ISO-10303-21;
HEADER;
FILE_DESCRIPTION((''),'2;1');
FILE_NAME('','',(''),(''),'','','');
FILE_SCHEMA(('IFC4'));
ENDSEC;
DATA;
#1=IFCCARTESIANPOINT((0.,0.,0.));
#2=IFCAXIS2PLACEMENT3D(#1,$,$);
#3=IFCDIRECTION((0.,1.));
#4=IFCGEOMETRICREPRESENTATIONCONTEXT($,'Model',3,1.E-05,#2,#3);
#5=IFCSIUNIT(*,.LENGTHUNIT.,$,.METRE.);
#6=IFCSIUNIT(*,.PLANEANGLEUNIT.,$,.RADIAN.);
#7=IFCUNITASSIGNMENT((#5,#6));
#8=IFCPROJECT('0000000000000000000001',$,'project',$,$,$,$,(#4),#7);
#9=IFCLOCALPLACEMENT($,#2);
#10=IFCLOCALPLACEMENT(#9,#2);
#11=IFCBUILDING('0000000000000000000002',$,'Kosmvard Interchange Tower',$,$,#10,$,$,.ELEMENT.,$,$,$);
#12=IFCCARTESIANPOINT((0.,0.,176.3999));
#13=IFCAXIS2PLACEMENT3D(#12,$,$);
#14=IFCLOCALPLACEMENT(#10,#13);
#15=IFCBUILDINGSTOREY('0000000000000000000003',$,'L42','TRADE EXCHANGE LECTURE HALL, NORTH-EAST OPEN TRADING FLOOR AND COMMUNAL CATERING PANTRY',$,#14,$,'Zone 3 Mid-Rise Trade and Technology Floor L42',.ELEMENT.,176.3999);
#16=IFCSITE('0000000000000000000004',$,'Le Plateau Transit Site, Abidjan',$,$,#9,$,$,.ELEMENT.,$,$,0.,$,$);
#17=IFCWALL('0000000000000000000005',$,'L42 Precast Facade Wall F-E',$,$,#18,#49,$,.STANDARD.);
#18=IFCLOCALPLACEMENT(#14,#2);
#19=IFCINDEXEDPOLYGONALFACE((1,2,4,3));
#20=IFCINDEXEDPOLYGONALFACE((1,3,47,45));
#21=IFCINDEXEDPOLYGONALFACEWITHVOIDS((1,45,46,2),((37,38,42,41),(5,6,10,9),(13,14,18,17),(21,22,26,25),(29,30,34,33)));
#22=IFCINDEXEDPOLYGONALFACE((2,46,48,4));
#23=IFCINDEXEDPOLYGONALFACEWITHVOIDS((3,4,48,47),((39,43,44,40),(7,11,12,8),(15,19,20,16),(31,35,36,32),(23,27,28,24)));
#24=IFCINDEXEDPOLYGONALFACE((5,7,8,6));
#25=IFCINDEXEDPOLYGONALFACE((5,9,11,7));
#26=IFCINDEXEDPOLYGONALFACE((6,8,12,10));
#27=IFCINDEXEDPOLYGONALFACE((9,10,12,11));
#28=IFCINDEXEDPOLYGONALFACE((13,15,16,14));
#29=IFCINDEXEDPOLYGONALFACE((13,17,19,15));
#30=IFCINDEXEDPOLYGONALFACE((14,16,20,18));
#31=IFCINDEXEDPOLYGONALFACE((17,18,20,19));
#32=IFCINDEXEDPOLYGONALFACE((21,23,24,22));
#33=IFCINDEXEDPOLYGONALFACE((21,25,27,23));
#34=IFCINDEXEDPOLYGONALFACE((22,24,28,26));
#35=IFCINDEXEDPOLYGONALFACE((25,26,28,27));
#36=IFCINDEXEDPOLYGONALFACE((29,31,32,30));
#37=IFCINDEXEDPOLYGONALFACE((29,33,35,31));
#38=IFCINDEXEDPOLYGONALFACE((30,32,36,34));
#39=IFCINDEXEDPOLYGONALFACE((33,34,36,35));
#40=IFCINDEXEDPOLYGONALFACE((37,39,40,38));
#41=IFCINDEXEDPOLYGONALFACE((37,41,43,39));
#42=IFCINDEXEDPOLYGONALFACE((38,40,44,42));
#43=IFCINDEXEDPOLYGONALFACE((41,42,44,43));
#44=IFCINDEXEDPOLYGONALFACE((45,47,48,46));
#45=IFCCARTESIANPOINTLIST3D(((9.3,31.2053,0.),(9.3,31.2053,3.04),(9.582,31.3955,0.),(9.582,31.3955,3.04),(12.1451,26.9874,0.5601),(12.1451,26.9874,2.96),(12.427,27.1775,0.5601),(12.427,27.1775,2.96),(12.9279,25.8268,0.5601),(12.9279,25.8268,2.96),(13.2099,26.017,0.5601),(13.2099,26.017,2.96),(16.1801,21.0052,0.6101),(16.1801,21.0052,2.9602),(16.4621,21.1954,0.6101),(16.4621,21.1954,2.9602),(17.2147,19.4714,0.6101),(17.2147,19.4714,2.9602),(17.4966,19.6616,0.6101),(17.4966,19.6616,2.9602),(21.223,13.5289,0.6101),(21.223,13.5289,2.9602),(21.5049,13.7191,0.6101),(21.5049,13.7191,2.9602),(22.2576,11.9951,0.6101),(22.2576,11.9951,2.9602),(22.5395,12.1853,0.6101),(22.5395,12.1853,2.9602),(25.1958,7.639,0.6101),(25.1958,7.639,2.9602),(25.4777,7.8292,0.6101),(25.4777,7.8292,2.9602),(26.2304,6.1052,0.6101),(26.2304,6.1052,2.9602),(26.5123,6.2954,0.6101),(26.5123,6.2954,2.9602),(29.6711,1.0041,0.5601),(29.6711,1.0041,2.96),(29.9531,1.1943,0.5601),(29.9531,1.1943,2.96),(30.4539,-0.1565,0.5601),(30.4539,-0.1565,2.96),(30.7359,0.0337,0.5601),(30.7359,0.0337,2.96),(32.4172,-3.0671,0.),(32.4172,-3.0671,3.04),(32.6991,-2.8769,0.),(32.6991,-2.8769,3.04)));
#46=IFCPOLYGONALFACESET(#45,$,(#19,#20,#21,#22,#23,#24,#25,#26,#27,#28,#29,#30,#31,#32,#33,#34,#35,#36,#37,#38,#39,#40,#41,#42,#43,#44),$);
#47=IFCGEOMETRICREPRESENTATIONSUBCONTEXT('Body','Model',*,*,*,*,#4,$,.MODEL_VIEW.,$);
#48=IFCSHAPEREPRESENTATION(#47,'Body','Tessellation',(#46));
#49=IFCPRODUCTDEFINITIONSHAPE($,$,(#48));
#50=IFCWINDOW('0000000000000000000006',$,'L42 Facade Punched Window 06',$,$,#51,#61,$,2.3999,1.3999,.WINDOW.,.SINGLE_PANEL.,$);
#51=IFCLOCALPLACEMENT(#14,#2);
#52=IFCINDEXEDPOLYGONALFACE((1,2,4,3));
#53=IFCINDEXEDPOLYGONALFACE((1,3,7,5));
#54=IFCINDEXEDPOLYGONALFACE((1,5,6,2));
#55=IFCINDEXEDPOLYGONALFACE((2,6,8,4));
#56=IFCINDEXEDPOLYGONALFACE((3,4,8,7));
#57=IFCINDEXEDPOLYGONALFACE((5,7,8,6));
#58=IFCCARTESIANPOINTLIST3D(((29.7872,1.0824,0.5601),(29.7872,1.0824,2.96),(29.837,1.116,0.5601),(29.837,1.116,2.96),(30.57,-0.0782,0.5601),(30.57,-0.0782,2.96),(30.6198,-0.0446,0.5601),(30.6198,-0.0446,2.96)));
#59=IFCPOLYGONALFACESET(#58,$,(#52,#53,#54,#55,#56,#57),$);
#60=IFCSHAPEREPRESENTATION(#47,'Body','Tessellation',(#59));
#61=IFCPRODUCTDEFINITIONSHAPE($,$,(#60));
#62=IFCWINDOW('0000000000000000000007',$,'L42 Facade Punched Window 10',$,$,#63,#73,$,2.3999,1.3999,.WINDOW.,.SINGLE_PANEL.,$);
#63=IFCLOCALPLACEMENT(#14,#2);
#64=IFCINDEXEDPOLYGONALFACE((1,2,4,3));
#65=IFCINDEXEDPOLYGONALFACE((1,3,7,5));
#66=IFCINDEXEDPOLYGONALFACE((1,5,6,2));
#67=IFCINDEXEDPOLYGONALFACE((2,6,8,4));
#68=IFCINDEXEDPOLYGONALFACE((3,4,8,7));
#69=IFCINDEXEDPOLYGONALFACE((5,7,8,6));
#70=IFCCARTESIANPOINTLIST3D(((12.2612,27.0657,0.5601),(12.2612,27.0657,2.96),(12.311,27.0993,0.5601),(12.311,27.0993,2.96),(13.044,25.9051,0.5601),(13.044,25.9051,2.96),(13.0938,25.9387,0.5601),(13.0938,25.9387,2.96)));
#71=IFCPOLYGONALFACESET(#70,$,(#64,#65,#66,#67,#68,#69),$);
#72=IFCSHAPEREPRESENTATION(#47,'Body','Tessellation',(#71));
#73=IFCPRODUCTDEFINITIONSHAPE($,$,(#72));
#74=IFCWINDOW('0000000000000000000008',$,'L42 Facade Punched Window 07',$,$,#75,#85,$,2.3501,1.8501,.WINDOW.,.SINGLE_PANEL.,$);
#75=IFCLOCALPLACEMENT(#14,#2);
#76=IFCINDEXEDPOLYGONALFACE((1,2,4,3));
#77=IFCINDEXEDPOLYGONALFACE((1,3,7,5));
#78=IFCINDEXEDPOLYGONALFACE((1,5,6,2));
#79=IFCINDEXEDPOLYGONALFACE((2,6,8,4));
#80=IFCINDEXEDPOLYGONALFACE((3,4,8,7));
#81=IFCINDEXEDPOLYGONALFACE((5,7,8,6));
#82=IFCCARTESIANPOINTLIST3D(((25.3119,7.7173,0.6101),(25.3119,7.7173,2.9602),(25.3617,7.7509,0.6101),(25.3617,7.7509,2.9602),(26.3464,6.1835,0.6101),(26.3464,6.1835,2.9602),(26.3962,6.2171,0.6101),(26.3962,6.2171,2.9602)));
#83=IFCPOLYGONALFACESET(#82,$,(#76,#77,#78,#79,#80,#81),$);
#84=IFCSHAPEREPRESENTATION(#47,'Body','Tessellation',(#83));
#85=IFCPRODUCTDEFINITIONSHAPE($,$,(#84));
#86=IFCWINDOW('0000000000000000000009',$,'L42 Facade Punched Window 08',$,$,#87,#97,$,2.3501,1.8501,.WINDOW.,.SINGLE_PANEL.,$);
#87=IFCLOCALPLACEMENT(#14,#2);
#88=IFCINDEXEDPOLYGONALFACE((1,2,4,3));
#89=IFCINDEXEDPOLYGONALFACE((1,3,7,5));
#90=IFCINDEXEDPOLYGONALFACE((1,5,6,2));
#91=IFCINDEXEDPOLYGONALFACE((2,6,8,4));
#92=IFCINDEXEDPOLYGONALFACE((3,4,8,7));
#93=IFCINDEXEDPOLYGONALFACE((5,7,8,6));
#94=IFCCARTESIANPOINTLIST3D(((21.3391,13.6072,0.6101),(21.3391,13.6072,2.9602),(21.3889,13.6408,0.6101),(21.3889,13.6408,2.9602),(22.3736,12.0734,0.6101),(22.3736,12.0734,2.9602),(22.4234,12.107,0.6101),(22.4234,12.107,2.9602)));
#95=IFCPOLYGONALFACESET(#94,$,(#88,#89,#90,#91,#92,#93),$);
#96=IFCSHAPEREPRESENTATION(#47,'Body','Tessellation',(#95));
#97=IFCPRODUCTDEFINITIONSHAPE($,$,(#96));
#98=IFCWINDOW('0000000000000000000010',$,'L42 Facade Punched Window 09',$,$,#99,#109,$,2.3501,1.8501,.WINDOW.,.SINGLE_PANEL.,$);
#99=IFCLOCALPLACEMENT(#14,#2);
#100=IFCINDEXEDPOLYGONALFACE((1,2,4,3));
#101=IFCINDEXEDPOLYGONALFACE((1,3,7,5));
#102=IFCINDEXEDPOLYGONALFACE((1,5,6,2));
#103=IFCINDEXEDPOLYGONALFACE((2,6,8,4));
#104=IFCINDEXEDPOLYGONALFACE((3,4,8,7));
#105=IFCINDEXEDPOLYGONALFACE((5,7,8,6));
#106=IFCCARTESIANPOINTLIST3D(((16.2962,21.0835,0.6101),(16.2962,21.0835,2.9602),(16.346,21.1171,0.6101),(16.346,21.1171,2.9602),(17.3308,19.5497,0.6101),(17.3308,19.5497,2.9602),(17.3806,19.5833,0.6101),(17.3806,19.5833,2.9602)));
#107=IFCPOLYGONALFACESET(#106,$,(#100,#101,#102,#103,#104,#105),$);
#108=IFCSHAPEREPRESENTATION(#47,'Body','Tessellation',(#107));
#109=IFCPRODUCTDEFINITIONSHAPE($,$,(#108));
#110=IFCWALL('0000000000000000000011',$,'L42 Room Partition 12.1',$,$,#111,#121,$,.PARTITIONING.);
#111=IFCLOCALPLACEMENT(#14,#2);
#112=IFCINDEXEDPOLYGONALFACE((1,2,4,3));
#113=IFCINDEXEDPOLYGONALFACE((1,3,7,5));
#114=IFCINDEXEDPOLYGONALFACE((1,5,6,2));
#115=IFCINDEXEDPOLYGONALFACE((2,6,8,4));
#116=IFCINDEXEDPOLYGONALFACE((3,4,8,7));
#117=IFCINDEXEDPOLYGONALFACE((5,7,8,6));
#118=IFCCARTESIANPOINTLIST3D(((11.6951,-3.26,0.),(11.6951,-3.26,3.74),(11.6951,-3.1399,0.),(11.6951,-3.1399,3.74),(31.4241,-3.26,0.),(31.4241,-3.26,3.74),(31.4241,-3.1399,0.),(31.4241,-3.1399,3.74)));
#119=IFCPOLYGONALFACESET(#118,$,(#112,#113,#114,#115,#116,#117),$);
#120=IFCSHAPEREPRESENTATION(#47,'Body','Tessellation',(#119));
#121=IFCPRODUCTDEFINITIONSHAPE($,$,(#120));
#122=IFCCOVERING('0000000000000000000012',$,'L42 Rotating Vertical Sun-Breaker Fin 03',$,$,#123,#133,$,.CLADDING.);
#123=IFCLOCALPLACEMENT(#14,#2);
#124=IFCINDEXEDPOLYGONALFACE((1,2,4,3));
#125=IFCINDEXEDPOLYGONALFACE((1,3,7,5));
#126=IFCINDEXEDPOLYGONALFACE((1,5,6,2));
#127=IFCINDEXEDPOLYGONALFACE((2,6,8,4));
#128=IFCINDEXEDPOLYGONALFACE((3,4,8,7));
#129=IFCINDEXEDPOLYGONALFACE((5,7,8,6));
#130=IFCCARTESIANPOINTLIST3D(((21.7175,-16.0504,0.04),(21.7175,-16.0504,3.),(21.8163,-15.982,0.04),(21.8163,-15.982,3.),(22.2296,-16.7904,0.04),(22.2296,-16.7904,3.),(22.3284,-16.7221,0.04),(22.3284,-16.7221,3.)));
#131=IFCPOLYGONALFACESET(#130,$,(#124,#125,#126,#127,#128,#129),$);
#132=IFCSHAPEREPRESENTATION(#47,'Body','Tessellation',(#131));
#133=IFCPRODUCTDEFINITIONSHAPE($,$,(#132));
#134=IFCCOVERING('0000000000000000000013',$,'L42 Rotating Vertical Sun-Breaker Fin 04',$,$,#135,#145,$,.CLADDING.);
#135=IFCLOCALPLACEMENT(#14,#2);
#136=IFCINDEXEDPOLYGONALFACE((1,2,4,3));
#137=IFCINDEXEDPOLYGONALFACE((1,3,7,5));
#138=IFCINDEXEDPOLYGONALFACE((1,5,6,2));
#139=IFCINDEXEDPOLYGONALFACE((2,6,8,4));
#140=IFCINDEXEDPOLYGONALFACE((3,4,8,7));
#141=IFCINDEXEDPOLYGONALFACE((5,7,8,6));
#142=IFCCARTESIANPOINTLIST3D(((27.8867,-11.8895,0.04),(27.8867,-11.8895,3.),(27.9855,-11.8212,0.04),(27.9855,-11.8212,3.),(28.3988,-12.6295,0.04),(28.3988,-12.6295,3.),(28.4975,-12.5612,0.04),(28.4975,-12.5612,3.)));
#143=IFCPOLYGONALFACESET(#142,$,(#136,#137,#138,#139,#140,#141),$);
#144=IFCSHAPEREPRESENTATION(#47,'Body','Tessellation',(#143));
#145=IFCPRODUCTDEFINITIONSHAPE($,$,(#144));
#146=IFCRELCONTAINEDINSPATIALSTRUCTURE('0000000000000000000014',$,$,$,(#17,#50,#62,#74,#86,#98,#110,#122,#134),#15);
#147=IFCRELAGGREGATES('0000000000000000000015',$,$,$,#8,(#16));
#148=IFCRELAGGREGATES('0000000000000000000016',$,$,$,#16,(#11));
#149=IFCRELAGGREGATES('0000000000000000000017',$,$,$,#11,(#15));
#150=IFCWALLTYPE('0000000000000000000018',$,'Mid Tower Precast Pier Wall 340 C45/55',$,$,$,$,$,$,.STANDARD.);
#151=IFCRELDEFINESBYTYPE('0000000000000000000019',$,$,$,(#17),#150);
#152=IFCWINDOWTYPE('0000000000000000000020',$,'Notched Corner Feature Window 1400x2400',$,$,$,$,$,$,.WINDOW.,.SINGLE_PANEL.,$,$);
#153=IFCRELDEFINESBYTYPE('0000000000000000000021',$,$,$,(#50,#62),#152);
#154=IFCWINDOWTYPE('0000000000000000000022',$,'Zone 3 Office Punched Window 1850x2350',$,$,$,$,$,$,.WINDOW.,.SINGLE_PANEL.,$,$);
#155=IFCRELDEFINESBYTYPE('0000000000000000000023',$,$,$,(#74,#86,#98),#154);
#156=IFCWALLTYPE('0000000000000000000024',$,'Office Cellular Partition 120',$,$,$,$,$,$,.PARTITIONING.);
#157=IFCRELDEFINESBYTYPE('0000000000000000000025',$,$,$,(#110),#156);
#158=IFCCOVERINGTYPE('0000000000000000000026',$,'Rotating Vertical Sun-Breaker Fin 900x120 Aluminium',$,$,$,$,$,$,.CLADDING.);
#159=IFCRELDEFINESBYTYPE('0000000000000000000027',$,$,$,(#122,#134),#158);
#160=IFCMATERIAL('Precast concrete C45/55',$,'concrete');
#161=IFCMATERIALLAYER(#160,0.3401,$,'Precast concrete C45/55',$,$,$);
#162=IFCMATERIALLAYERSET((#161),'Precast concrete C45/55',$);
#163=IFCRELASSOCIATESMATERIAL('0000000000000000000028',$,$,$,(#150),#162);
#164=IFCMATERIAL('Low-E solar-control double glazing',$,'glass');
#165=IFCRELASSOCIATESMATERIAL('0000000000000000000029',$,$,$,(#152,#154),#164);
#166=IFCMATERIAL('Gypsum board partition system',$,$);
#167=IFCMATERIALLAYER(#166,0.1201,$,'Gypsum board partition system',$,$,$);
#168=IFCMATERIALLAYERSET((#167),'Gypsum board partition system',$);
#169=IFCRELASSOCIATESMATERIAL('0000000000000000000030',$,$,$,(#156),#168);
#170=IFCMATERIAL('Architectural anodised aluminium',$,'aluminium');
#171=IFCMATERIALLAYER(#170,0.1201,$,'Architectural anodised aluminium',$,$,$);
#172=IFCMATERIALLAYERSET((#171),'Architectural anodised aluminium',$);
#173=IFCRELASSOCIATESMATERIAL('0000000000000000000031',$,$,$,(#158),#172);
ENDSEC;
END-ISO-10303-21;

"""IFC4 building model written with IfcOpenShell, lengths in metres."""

from ifc_helpers import new_model, si_unit, direction, frame, frame_2d, origin, origin_2d, place, context, subcontext, project, spatial, rectangle, extrude, source, transform, mapped, material, layer, layer_set, type_object, element, fill, save


model = new_model("IFC4")

# Units and contexts
model_context = context("Model", 3, precision=1e-05, world=origin(), true_north=direction((0.0, 1.0)))
body_context = subcontext(model_context, "Body", "Model", "MODEL_VIEW")
ifc_project = project(units=[si_unit("LENGTHUNIT", "METRE"), si_unit("PLANEANGLEUNIT", "RADIAN")], contexts=[model_context])

# Site, building, storey
site_placement = place(None, origin())
site = spatial("IfcSite", under=ifc_project, at=site_placement, Name="Le Plateau Transit Site, Abidjan", CompositionType="ELEMENT", RefElevation=0.0)
building_placement = place(site_placement, origin())
building = spatial("IfcBuilding", under=site, at=building_placement, Name="Kosmvard Interchange Tower", CompositionType="ELEMENT")
storey_placement = place(building_placement, frame((0.0, 0.0, 176.3999)))
storey = spatial("IfcBuildingStorey", under=building, at=storey_placement, Name="L42", Description="TRADE EXCHANGE LECTURE HALL, NORTH-EAST OPEN TRADING FLOOR AND COMMUNAL CATERING PANTRY", LongName="Zone 3 Mid-Rise Trade and Technology Floor L42", CompositionType="ELEMENT", Elevation=176.3999)

# Shared definitions
ifc_material_1 = material(Name="Precast concrete C45/55", Category="concrete")

# Shared definitions
ifc_layer_1 = layer(ifc_material_1, 0.3401, Name="Precast concrete C45/55")
ifc_layer_set_1 = layer_set([ifc_layer_1], Name="Precast concrete C45/55")
wall_type_1 = type_object("IfcWallType", Name="Mid Tower Precast Pier Wall 340 C45/55", PredefinedType="STANDARD", material=ifc_layer_set_1)

# Shared definitions
ifc_material_2 = material(Name="Low-E solar-control double glazing", Category="glass")
window_type_1 = type_object("IfcWindowType", Name="Notched Corner Feature Window 1400x2400", PartitioningType="SINGLE_PANEL", PredefinedType="WINDOW", material=ifc_material_2)
shared_shape_1 = source(origin(), body_context, "Body", "SweptSolid", [
    extrude(rectangle(XDim=1.3999, YDim=2.3999, at=frame_2d((0.7, 1.2))), frame((0.0, 0.03, 0.0), z_axis=(0.0, -1.0, 0.0), x_axis=(1.0, 0.0, 0.0)), (0.0, 0.0, 1.0), 0.0601),
])

# Wall, openings, windows
wall_1_placement = place(storey_placement, frame((32.5581, -2.9719, 0.0), z_axis=(0.0, 0.0, 1.0), x_axis=(-0.559195, 0.829036, 0.0)))
wall_1 = element("IfcWall", 1, at=wall_1_placement, inside=storey, type_object=wall_type_1, Name="L42 Precast Facade Wall F-E", PredefinedType="STANDARD", context=body_context, shape_type="SweptSolid", body=[
    extrude(rectangle(XDim=41.3401, YDim=0.3401, at=frame_2d((20.6699, 0.0))), origin(), (0.0, 0.0, 1.0), 3.04),
])
opening_1_placement = place(wall_1_placement, frame((3.5107, 0.0, 0.5601)))
opening_1 = element("IfcOpeningElement", 2, at=opening_1_placement, cuts=wall_1, PredefinedType="OPENING", context=body_context, shape_type="SweptSolid", body=[
    extrude(rectangle(XDim=1.3999, YDim=2.3999, at=frame_2d((0.7, 1.2))), frame((0.0, 0.1802, 0.0), z_axis=(0.0, -1.0, 0.0), x_axis=(1.0, 0.0, 0.0)), (0.0, 0.0, 1.0), 0.3601),
])
opening_2_placement = place(wall_1_placement, frame((11.0637, 0.0, 0.6101)))
opening_2 = element("IfcOpeningElement", 3, at=opening_2_placement, cuts=wall_1, PredefinedType="OPENING", context=body_context, shape_type="SweptSolid", body=[
    extrude(rectangle(XDim=1.8501, YDim=2.3501, at=frame_2d((0.925, 1.175))), frame((0.0, 0.1802, 0.0), z_axis=(0.0, -1.0, 0.0), x_axis=(1.0, 0.0, 0.0)), (0.0, 0.0, 1.0), 0.3601),
])
opening_3_placement = place(wall_1_placement, frame((18.1682, 0.0, 0.6101)))
opening_3 = element("IfcOpeningElement", 4, at=opening_3_placement, cuts=wall_1, PredefinedType="OPENING", context=body_context, shape_type="SweptSolid", body=[
    extrude(rectangle(XDim=1.8501, YDim=2.3501, at=frame_2d((0.925, 1.175))), frame((0.0, 0.1802, 0.0), z_axis=(0.0, -1.0, 0.0), x_axis=(1.0, 0.0, 0.0)), (0.0, 0.0, 1.0), 0.3601),
])
opening_4_placement = place(wall_1_placement, frame((27.1863, 0.0, 0.6101)))
opening_4 = element("IfcOpeningElement", 5, at=opening_4_placement, cuts=wall_1, PredefinedType="OPENING", context=body_context, shape_type="SweptSolid", body=[
    extrude(rectangle(XDim=1.8501, YDim=2.3501, at=frame_2d((0.925, 1.175))), frame((0.0, 0.1802, 0.0), z_axis=(0.0, -1.0, 0.0), x_axis=(1.0, 0.0, 0.0)), (0.0, 0.0, 1.0), 0.3601),
])
opening_5_placement = place(wall_1_placement, frame((34.8523, 0.0, 0.5601)))
opening_5 = element("IfcOpeningElement", 6, at=opening_5_placement, cuts=wall_1, PredefinedType="OPENING", context=body_context, shape_type="SweptSolid", body=[
    extrude(rectangle(XDim=1.3999, YDim=2.3999, at=frame_2d((0.7, 1.2))), frame((0.0, 0.1802, 0.0), z_axis=(0.0, -1.0, 0.0), x_axis=(1.0, 0.0, 0.0)), (0.0, 0.0, 1.0), 0.3601),
])
window_1_placement = place(opening_1_placement, origin())
window_1 = element("IfcWindow", 7, at=window_1_placement, inside=storey, type_object=window_type_1, Name="L42 Facade Punched Window 06", OverallHeight=2.3999, OverallWidth=1.3999, PartitioningType="SINGLE_PANEL", PredefinedType="WINDOW", context=body_context, shape_type="MappedRepresentation", body=[
    mapped(shared_shape_1, transform((0.0, 0.0, 0.0), scale=1.0)),
])
fill(opening_1, window_1)
window_2_placement = place(opening_5_placement, origin())
window_2 = element("IfcWindow", 8, at=window_2_placement, inside=storey, type_object=window_type_1, Name="L42 Facade Punched Window 10", OverallHeight=2.3999, OverallWidth=1.3999, PartitioningType="SINGLE_PANEL", PredefinedType="WINDOW", context=body_context, shape_type="MappedRepresentation", body=[
    mapped(shared_shape_1, transform((0.0, 0.0, 0.0), scale=1.0)),
])
fill(opening_5, window_2)
window_type_2 = type_object("IfcWindowType", Name="Zone 3 Office Punched Window 1850x2350", PartitioningType="SINGLE_PANEL", PredefinedType="WINDOW", material=ifc_material_2)
shared_shape_2 = source(origin(), body_context, "Body", "SweptSolid", [
    extrude(rectangle(XDim=1.8501, YDim=2.3501, at=frame_2d((0.925, 1.175))), frame((0.0, 0.03, 0.0), z_axis=(0.0, -1.0, 0.0), x_axis=(1.0, 0.0, 0.0)), (0.0, 0.0, 1.0), 0.0601),
])
window_3_placement = place(opening_2_placement, origin())
window_3 = element("IfcWindow", 9, at=window_3_placement, inside=storey, type_object=window_type_2, Name="L42 Facade Punched Window 07", OverallHeight=2.3501, OverallWidth=1.8501, PartitioningType="SINGLE_PANEL", PredefinedType="WINDOW", context=body_context, shape_type="MappedRepresentation", body=[
    mapped(shared_shape_2, transform((0.0, 0.0, 0.0), scale=1.0)),
])
fill(opening_2, window_3)
window_4_placement = place(opening_3_placement, origin())
window_4 = element("IfcWindow", 10, at=window_4_placement, inside=storey, type_object=window_type_2, Name="L42 Facade Punched Window 08", OverallHeight=2.3501, OverallWidth=1.8501, PartitioningType="SINGLE_PANEL", PredefinedType="WINDOW", context=body_context, shape_type="MappedRepresentation", body=[
    mapped(shared_shape_2, transform((0.0, 0.0, 0.0), scale=1.0)),
])
fill(opening_3, window_4)
window_5_placement = place(opening_4_placement, origin())
window_5 = element("IfcWindow", 11, at=window_5_placement, inside=storey, type_object=window_type_2, Name="L42 Facade Punched Window 09", OverallHeight=2.3501, OverallWidth=1.8501, PartitioningType="SINGLE_PANEL", PredefinedType="WINDOW", context=body_context, shape_type="MappedRepresentation", body=[
    mapped(shared_shape_2, transform((0.0, 0.0, 0.0), scale=1.0)),
])
fill(opening_4, window_5)

# Wall
ifc_material_3 = material(Name="Gypsum board partition system")
ifc_layer_2 = layer(ifc_material_3, 0.1201, Name="Gypsum board partition system")
ifc_layer_set_2 = layer_set([ifc_layer_2], Name="Gypsum board partition system")
wall_type_2 = type_object("IfcWallType", Name="Office Cellular Partition 120", PredefinedType="PARTITIONING", material=ifc_layer_set_2)
wall_2_placement = place(storey_placement, frame((11.6951, -3.2, 0.0), z_axis=(0.0, 0.0, 1.0), x_axis=(1.0, 0.0, 0.0)))
element("IfcWall", 12, at=wall_2_placement, inside=storey, type_object=wall_type_2, Name="L42 Room Partition 12.1", PredefinedType="PARTITIONING", context=body_context, shape_type="SweptSolid", body=[
    extrude(rectangle(XDim=19.729, YDim=0.1201, at=frame_2d((9.8645, 0.0))), origin(), (0.0, 0.0, 1.0), 3.74),
])

# Coverings
ifc_material_4 = material(Name="Architectural anodised aluminium", Category="aluminium")
ifc_layer_3 = layer(ifc_material_4, 0.1201, Name="Architectural anodised aluminium")
ifc_layer_set_3 = layer_set([ifc_layer_3], Name="Architectural anodised aluminium")
covering_type = type_object("IfcCoveringType", Name="Rotating Vertical Sun-Breaker Fin 900x120 Aluminium", PredefinedType="CLADDING", material=ifc_layer_set_3)
shared_shape_3 = source(origin(), body_context, "Body", "SweptSolid", [
    extrude(rectangle(XDim=0.8999, YDim=0.1201, at=origin_2d()), origin(), (0.0, 0.0, 1.0), 2.96),
])
for number, where, z_axis, x_axis, name in (
    (13, (22.0229, -16.3862, 0.04), (0.0, 0.0, 1.0), (0.568993, -0.822343, 0.0), "L42 Rotating Vertical Sun-Breaker Fin 03"),
    (14, (28.1921, -12.2253, 0.04), (0.0, 0.0, 1.0), (0.568993, -0.822343, 0.0), "L42 Rotating Vertical Sun-Breaker Fin 04"),
):
    element("IfcCovering", number, at=place(storey_placement, frame(where, z_axis=z_axis, x_axis=x_axis)), inside=storey, type_object=covering_type, Name=name, PredefinedType="CLADDING", context=body_context, shape_type="MappedRepresentation", body=[
        mapped(shared_shape_3, transform((0.0, 0.0, 0.0), scale=1.0)),
    ])

save(model, "model.ifc")
